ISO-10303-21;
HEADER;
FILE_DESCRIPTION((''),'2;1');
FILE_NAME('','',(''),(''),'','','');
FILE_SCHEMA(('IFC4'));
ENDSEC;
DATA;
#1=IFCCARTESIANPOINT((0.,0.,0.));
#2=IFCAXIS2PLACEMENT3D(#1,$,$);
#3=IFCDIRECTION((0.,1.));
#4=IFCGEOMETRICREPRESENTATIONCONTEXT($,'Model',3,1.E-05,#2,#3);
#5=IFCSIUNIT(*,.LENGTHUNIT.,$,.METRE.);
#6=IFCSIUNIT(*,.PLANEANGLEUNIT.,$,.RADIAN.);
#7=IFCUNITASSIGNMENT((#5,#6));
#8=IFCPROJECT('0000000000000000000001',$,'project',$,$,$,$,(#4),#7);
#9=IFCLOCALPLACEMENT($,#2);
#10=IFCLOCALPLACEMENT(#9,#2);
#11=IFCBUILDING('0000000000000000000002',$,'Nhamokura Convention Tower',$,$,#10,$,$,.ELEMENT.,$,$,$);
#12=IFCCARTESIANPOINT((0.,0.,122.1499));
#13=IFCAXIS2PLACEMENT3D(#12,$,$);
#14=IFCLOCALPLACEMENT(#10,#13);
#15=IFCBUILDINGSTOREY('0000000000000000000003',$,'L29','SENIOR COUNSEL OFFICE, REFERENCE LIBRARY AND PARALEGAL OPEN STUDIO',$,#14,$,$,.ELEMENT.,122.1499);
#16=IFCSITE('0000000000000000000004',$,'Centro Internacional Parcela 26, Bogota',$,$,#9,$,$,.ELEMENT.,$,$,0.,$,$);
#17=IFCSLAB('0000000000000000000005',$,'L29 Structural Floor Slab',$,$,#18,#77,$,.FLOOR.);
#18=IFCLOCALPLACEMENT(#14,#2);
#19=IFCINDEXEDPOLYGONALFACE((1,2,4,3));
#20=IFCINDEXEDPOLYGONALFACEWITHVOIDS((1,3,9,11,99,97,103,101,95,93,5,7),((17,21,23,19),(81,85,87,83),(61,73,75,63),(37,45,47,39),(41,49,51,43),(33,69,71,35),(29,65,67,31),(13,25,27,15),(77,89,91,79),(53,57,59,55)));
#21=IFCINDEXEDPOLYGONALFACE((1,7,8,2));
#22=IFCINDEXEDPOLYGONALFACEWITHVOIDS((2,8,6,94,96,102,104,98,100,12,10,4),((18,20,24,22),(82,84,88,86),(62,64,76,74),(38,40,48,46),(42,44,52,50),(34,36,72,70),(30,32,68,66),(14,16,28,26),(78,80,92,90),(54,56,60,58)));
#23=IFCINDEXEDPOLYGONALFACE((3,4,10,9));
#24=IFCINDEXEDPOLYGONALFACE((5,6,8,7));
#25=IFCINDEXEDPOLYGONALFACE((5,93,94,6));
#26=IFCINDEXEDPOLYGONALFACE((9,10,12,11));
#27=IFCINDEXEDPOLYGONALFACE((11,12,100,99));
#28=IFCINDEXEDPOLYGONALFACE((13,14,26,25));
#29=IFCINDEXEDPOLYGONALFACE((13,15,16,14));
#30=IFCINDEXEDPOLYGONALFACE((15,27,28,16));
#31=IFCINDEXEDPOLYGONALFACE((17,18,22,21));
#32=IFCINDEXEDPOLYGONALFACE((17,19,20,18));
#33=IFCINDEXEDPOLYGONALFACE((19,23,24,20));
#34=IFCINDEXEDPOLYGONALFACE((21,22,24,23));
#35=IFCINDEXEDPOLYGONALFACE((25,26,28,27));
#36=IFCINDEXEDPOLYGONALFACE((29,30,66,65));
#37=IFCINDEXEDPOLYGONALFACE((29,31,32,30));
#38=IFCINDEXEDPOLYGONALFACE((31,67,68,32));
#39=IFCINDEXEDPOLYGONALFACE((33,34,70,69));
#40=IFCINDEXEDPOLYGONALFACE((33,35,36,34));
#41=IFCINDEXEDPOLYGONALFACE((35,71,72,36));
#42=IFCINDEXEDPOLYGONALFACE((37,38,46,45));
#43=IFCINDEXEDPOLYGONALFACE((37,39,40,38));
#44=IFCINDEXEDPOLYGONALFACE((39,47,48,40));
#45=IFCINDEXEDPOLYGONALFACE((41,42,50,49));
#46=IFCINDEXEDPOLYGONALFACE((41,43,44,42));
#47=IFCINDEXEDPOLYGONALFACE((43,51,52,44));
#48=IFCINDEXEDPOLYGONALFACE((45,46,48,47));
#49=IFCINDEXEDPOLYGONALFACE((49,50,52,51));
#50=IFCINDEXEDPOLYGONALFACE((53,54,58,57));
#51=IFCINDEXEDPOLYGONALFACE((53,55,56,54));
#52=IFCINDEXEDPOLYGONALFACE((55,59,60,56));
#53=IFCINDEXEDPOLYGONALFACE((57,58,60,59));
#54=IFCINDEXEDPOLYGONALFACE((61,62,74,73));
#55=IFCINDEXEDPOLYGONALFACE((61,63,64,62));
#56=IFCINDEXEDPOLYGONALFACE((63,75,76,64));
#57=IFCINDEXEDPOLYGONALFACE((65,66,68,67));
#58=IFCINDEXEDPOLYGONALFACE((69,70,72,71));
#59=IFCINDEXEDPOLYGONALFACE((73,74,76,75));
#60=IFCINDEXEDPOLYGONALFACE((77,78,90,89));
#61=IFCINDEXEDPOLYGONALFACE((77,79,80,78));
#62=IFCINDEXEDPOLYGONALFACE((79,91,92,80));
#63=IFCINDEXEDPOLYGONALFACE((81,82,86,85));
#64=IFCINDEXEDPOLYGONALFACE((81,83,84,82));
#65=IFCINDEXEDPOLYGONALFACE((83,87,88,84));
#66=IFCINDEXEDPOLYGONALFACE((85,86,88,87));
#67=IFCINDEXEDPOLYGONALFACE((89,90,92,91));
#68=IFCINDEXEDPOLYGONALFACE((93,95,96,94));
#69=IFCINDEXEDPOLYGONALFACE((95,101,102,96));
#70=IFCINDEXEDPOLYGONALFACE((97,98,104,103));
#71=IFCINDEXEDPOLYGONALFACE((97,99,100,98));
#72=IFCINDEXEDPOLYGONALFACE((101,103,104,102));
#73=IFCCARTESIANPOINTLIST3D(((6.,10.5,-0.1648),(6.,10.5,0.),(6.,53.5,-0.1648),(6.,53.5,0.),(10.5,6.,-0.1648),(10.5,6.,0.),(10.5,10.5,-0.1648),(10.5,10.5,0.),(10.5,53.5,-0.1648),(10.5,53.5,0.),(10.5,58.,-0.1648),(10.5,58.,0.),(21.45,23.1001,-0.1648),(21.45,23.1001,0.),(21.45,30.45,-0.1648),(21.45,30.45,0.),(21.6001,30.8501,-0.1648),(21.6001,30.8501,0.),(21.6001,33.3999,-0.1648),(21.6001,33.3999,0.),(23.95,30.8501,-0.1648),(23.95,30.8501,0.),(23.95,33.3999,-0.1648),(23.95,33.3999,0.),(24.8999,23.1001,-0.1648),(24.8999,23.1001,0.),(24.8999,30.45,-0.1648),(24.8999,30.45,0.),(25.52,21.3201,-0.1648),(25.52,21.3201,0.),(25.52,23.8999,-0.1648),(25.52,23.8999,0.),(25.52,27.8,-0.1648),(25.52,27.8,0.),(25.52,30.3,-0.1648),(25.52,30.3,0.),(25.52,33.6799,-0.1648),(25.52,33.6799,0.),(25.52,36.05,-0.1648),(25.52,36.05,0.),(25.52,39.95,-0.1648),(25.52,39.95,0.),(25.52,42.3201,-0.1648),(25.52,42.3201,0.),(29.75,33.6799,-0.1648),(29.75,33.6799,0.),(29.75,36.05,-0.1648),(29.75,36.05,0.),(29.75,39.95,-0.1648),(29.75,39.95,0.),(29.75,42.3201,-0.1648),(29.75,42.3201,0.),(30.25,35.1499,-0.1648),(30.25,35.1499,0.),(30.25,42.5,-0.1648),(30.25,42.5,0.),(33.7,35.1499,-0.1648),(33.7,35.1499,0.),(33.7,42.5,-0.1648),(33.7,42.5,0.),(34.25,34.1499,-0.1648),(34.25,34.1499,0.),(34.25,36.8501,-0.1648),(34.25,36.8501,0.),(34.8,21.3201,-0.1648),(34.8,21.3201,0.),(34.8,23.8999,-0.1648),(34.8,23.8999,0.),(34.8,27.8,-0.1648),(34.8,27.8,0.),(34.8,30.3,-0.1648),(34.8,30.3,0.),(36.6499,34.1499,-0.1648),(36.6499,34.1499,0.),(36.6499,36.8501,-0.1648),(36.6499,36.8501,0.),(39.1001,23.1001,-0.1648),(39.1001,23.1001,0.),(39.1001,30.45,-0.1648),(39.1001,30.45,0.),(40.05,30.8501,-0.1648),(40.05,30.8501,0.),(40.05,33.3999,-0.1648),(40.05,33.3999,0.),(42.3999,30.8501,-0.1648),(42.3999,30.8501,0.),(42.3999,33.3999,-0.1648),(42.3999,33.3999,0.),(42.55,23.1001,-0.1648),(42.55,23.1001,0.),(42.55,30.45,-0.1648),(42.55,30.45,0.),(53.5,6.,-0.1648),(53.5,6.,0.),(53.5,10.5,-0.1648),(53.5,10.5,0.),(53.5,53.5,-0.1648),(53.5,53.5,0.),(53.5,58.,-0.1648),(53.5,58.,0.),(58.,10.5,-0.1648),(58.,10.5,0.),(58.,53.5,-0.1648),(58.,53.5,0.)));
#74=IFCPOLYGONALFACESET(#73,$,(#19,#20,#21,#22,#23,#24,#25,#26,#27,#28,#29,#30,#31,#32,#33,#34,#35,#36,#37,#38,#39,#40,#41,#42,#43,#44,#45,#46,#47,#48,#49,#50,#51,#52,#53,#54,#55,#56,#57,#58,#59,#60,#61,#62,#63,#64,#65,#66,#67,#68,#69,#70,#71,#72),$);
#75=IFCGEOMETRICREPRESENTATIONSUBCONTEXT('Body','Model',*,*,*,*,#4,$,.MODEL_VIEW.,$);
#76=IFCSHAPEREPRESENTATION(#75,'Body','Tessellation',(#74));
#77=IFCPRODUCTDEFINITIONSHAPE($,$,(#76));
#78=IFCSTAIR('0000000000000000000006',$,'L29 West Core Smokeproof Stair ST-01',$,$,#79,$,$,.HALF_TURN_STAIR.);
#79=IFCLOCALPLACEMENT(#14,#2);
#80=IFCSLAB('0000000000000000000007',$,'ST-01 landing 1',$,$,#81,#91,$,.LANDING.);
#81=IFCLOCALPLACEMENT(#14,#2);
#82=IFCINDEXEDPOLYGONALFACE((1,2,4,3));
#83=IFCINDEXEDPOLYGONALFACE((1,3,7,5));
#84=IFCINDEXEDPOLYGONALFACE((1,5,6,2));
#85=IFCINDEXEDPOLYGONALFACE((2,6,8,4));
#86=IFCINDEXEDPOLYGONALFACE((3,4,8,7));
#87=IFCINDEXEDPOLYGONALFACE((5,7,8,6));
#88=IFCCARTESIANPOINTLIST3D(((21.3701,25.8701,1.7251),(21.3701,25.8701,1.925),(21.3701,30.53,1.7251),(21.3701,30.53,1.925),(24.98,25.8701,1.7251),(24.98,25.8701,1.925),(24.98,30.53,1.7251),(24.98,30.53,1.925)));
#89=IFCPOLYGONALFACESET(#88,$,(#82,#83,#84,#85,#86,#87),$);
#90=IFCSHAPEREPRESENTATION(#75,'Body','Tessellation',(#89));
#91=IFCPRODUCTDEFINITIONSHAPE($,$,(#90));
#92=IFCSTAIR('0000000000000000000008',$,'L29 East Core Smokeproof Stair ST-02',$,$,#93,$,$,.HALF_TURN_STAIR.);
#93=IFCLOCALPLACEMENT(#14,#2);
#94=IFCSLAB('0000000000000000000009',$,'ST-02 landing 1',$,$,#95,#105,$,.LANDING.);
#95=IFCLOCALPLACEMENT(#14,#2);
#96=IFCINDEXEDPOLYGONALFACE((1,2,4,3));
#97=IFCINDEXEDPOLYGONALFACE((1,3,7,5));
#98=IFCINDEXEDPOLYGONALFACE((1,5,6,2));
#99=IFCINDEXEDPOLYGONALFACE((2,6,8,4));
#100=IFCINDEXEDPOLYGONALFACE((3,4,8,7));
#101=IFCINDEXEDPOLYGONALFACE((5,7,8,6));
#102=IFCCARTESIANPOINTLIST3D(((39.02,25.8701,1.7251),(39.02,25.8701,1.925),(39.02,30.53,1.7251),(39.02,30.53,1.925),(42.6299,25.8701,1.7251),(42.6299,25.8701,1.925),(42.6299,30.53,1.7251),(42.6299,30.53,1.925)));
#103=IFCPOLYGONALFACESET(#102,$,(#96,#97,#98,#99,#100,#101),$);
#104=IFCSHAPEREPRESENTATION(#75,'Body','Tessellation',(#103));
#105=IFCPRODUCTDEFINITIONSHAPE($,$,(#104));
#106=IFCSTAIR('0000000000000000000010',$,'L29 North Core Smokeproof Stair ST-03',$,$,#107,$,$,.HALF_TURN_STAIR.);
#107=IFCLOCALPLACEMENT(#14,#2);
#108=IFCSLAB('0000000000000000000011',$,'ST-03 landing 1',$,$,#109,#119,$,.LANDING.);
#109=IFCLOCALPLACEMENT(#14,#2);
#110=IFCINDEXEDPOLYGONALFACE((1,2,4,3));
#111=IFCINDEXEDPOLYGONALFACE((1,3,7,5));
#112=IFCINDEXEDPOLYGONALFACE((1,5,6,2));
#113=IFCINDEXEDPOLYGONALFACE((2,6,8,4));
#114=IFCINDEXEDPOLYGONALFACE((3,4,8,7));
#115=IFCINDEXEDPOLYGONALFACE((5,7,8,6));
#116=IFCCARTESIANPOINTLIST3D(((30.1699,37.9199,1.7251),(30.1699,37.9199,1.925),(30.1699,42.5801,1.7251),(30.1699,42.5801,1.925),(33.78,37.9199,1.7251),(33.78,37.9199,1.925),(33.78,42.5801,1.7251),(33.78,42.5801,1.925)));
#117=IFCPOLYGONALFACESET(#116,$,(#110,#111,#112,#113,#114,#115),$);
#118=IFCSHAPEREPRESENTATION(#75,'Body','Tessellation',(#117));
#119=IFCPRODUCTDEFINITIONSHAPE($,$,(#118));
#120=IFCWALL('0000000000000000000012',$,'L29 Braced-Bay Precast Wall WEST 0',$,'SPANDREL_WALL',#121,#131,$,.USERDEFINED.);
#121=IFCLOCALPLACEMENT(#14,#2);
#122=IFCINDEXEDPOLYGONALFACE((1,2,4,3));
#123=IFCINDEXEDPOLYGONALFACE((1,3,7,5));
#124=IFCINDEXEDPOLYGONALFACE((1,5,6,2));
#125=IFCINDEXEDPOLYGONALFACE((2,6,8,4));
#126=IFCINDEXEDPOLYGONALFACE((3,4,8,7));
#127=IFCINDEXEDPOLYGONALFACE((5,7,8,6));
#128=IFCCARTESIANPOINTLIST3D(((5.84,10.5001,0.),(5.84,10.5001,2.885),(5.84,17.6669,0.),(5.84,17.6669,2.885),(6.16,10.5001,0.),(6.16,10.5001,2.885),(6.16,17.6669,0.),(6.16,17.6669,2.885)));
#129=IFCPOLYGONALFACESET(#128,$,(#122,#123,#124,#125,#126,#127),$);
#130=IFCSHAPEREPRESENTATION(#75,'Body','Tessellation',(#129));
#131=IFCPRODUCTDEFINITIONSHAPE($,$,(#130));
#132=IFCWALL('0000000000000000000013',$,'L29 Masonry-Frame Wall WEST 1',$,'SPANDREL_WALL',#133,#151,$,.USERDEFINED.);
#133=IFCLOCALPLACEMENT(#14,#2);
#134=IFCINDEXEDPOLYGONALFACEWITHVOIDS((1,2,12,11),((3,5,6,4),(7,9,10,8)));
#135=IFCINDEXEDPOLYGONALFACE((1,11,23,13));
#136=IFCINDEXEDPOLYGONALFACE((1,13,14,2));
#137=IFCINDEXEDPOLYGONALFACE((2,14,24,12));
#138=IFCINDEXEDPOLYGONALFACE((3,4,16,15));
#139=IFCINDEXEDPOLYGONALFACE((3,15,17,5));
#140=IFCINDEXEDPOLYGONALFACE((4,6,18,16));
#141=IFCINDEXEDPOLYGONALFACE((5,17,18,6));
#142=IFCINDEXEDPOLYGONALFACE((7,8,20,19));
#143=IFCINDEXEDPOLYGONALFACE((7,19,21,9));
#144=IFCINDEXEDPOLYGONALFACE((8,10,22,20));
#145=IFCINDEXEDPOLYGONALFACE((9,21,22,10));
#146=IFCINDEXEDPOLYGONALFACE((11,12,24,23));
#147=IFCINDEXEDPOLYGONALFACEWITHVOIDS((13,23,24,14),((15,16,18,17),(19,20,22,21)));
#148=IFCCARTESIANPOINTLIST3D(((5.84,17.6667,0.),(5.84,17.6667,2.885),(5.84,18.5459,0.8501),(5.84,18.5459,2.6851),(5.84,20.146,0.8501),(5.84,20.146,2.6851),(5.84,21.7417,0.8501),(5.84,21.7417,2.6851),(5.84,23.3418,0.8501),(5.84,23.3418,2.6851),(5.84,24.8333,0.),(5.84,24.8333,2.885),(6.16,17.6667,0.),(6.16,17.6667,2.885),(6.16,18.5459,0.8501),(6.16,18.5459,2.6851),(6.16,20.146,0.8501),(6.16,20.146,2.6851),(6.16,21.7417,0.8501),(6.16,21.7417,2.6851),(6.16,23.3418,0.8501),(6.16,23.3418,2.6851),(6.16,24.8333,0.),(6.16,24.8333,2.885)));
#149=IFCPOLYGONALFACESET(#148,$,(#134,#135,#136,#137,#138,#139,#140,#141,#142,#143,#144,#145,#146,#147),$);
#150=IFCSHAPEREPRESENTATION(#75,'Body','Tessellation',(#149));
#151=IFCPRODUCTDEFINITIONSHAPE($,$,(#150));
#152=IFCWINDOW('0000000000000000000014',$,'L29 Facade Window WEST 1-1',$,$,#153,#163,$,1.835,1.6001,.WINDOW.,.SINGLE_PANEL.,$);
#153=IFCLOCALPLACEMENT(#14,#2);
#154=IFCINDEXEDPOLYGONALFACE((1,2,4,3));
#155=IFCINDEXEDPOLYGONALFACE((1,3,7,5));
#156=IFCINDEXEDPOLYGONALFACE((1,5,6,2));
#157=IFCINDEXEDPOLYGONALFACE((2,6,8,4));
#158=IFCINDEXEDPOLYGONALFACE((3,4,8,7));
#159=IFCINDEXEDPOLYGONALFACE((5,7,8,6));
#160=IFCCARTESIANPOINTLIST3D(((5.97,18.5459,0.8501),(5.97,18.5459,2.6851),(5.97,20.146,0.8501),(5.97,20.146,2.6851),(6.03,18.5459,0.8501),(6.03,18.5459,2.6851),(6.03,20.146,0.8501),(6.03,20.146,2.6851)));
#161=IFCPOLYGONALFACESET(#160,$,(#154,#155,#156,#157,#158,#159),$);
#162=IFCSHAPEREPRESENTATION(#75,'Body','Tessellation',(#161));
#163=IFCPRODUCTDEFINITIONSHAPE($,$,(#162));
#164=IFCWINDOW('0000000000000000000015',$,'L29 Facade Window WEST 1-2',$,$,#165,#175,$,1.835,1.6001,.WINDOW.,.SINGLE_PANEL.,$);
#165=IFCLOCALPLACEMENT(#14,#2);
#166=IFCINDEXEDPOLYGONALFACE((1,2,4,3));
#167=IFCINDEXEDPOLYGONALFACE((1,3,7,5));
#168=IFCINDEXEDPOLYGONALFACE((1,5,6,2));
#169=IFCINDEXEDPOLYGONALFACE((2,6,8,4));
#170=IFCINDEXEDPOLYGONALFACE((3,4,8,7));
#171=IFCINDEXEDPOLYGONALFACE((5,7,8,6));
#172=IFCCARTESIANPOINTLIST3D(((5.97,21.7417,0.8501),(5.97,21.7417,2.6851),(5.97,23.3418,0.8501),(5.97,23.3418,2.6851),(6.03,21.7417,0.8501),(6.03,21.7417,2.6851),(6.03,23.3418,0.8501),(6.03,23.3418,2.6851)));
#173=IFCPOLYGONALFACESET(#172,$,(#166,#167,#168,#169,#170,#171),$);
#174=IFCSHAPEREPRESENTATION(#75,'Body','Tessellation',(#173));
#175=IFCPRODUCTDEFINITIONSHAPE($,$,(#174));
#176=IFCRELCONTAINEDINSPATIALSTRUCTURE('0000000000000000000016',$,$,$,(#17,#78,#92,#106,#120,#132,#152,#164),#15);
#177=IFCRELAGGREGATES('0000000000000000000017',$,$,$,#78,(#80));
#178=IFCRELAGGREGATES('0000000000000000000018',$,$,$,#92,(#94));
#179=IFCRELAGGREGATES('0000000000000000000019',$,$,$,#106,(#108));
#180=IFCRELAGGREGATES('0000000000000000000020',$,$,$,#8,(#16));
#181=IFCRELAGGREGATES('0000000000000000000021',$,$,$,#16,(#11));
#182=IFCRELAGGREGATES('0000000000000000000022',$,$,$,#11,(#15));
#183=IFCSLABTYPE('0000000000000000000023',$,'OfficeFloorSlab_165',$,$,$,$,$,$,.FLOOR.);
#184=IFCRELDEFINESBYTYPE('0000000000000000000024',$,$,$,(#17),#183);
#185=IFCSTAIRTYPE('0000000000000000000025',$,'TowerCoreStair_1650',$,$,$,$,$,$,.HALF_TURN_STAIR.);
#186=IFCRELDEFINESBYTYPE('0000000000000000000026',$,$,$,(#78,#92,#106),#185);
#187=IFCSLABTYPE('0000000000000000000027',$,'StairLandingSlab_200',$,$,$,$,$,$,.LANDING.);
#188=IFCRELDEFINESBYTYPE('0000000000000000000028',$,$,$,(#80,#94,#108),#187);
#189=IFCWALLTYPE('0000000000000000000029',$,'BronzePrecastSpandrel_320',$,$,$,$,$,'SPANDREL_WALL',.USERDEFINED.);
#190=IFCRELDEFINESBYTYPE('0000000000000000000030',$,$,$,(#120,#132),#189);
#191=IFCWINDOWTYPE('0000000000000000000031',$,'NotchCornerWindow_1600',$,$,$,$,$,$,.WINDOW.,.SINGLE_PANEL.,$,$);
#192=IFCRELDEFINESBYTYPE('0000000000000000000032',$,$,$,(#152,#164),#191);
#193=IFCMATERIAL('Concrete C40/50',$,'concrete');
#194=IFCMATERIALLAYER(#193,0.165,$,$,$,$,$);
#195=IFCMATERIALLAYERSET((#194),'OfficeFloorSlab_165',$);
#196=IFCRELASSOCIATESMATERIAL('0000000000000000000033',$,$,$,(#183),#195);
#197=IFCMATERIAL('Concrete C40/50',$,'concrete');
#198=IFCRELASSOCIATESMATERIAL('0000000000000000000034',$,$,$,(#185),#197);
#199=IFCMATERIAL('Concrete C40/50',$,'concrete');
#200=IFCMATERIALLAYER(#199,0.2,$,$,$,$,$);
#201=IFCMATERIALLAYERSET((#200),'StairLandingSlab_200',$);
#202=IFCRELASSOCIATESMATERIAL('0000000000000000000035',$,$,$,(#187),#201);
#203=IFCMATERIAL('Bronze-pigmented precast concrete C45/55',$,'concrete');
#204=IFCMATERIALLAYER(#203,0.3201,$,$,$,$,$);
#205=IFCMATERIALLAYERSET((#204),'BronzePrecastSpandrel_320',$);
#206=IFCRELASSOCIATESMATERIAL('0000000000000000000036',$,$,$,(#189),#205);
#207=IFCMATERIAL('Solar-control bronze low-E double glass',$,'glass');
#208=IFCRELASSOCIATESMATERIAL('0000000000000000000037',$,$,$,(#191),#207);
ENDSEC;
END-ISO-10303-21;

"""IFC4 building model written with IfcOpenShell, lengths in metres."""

from ifc_helpers import new_model, si_unit, direction, frame, frame_2d, origin, place, context, subcontext, project, spatial, polyline, rectangle, outline, extrude, material, layer, layer_set, type_object, element, fill, aggregate, save


model = new_model("IFC4")

# Units and contexts
model_context = context("Model", 3, precision=1e-05, world=origin(), true_north=direction((0.0, 1.0)))
body_context = subcontext(model_context, "Body", "Model", "MODEL_VIEW")
ifc_project = project(units=[si_unit("LENGTHUNIT", "METRE"), si_unit("PLANEANGLEUNIT", "RADIAN")], contexts=[model_context])

# Site, building, storey
site_placement = place(None, origin())
site = spatial("IfcSite", under=ifc_project, at=site_placement, Name="Centro Internacional Parcela 26, Bogota", CompositionType="ELEMENT", RefElevation=0.0)
building_placement = place(site_placement, origin())
building = spatial("IfcBuilding", under=site, at=building_placement, Name="Nhamokura Convention Tower", CompositionType="ELEMENT")
storey_placement = place(building_placement, frame((0.0, 0.0, 122.1499)))
storey = spatial("IfcBuildingStorey", under=building, at=storey_placement, Name="L29", Description="SENIOR COUNSEL OFFICE, REFERENCE LIBRARY AND PARALEGAL OPEN STUDIO", CompositionType="ELEMENT", Elevation=122.1499)

# Slab
ifc_material_1 = material(Name="Concrete C40/50", Category="concrete")
ifc_layer_1 = layer(ifc_material_1, 0.165)
ifc_layer_set_1 = layer_set([ifc_layer_1], Name="OfficeFloorSlab_165")
slab_type_1 = type_object("IfcSlabType", Name="OfficeFloorSlab_165", PredefinedType="FLOOR", material=ifc_layer_set_1)
slab_1_placement = place(storey_placement, frame((0.0, 0.0, -0.1648)))
element("IfcSlab", 1, at=slab_1_placement, inside=storey, type_object=slab_type_1, Name="L29 Structural Floor Slab", PredefinedType="FLOOR", context=body_context, shape_type="SweptSolid", body=[
    extrude(outline(polyline([(10.5, 6.0), (53.5, 6.0), (53.5, 10.5), (58.0, 10.5), (58.0, 53.5), (53.5, 53.5), (53.5, 58.0), (10.5, 58.0), (10.5, 53.5), (6.0, 53.5), (6.0, 10.5), (10.5, 10.5), (10.5, 6.0)]), holes=[polyline([(24.8999, 23.1001), (24.8999, 30.45), (21.45, 30.45), (21.45, 23.1001), (24.8999, 23.1001)]), polyline([(42.55, 23.1001), (42.55, 30.45), (39.1001, 30.45), (39.1001, 23.1001), (42.55, 23.1001)]), polyline([(33.7, 35.1499), (33.7, 42.5), (30.25, 42.5), (30.25, 35.1499), (33.7, 35.1499)]), polyline([(21.6001, 30.8501), (23.95, 30.8501), (23.95, 33.3999), (21.6001, 33.3999), (21.6001, 30.8501)]), polyline([(40.05, 30.8501), (42.3999, 30.8501), (42.3999, 33.3999), (40.05, 33.3999), (40.05, 30.8501)]), polyline([(34.25, 34.1499), (36.6499, 34.1499), (36.6499, 36.8501), (34.25, 36.8501), (34.25, 34.1499)]), polyline([(25.52, 21.3201), (34.8, 21.3201), (34.8, 23.8999), (25.52, 23.8999), (25.52, 21.3201)]), polyline([(25.52, 27.8), (34.8, 27.8), (34.8, 30.3), (25.52, 30.3), (25.52, 27.8)]), polyline([(25.52, 33.6799), (29.75, 33.6799), (29.75, 36.05), (25.52, 36.05), (25.52, 33.6799)]), polyline([(25.52, 39.95), (29.75, 39.95), (29.75, 42.3201), (25.52, 42.3201), (25.52, 39.95)])]), origin(), (0.0, 0.0, 1.0), 0.1648),
])

# Stairs, slabs
ifc_material_2 = material(Name="Concrete C40/50", Category="concrete")
stair_type = type_object("IfcStairType", Name="TowerCoreStair_1650", PredefinedType="HALF_TURN_STAIR", material=ifc_material_2)
stair_1_placement = place(storey_placement, origin())
stair_1 = element("IfcStair", 2, at=stair_1_placement, inside=storey, type_object=stair_type, Name="L29 West Core Smokeproof Stair ST-01", PredefinedType="HALF_TURN_STAIR")
ifc_material_3 = material(Name="Concrete C40/50", Category="concrete")
ifc_layer_2 = layer(ifc_material_3, 0.2)
ifc_layer_set_2 = layer_set([ifc_layer_2], Name="StairLandingSlab_200")
slab_type_2 = type_object("IfcSlabType", Name="StairLandingSlab_200", PredefinedType="LANDING", material=ifc_layer_set_2)
slab_2_placement = place(storey_placement, frame((0.0, 0.0, 1.7251)))
slab_2 = element("IfcSlab", 3, at=slab_2_placement, type_object=slab_type_2, Name="ST-01 landing 1", PredefinedType="LANDING", context=body_context, shape_type="SweptSolid", body=[
    extrude(outline(polyline([(24.98, 25.8701), (24.98, 30.53), (21.3701, 30.53), (21.3701, 25.8701), (24.98, 25.8701)])), origin(), (0.0, 0.0, 1.0), 0.2),
])
aggregate(stair_1, [slab_2])
stair_2_placement = place(storey_placement, origin())
stair_2 = element("IfcStair", 4, at=stair_2_placement, inside=storey, type_object=stair_type, Name="L29 East Core Smokeproof Stair ST-02", PredefinedType="HALF_TURN_STAIR")
slab_3_placement = place(storey_placement, frame((0.0, 0.0, 1.7251)))
slab_3 = element("IfcSlab", 5, at=slab_3_placement, type_object=slab_type_2, Name="ST-02 landing 1", PredefinedType="LANDING", context=body_context, shape_type="SweptSolid", body=[
    extrude(outline(polyline([(42.6299, 25.8701), (42.6299, 30.53), (39.02, 30.53), (39.02, 25.8701), (42.6299, 25.8701)])), origin(), (0.0, 0.0, 1.0), 0.2),
])
aggregate(stair_2, [slab_3])
stair_3_placement = place(storey_placement, origin())
stair_3 = element("IfcStair", 6, at=stair_3_placement, inside=storey, type_object=stair_type, Name="L29 North Core Smokeproof Stair ST-03", PredefinedType="HALF_TURN_STAIR")
slab_4_placement = place(storey_placement, frame((0.0, 0.0, 1.7251)))
slab_4 = element("IfcSlab", 7, at=slab_4_placement, type_object=slab_type_2, Name="ST-03 landing 1", PredefinedType="LANDING", context=body_context, shape_type="SweptSolid", body=[
    extrude(outline(polyline([(33.78, 37.9199), (33.78, 42.5801), (30.1699, 42.5801), (30.1699, 37.9199), (33.78, 37.9199)])), origin(), (0.0, 0.0, 1.0), 0.2),
])
aggregate(stair_3, [slab_4])

# Wall
ifc_material_4 = material(Name="Bronze-pigmented precast concrete C45/55", Category="concrete")
ifc_layer_3 = layer(ifc_material_4, 0.3201)
ifc_layer_set_3 = layer_set([ifc_layer_3], Name="BronzePrecastSpandrel_320")
wall_type_1 = type_object("IfcWallType", Name="BronzePrecastSpandrel_320", ElementType="SPANDREL_WALL", PredefinedType="USERDEFINED", material=ifc_layer_set_3)
wall_1_placement = place(storey_placement, frame((6.0, 10.5, 0.0), z_axis=(0.0, 0.0, 1.0), x_axis=(0.0, 1.0, 0.0)))
element("IfcWall", 8, at=wall_1_placement, inside=storey, type_object=wall_type_1, Name="L29 Braced-Bay Precast Wall WEST 0", ObjectType="SPANDREL_WALL", PredefinedType="USERDEFINED", context=body_context, shape_type="SweptSolid", body=[
    extrude(rectangle(XDim=7.1667, YDim=0.3201, at=frame_2d((3.5835, 0.0))), origin(), (0.0, 0.0, 1.0), 2.885),
])

# Wall, openings, windows
wall_2_placement = place(storey_placement, frame((6.0, 17.6667, 0.0), z_axis=(0.0, 0.0, 1.0), x_axis=(0.0, 1.0, 0.0)))
wall_2 = element("IfcWall", 9, at=wall_2_placement, inside=storey, type_object=wall_type_1, Name="L29 Masonry-Frame Wall WEST 1", ObjectType="SPANDREL_WALL", PredefinedType="USERDEFINED", context=body_context, shape_type="SweptSolid", body=[
    extrude(rectangle(XDim=7.1665, YDim=0.3201, at=frame_2d((3.5833, 0.0))), origin(), (0.0, 0.0, 1.0), 2.885),
])
opening_1_placement = place(wall_2_placement, frame((0.8792, 0.0, 0.8501)))
opening_1 = element("IfcOpeningElement", 10, at=opening_1_placement, cuts=wall_2, PredefinedType="OPENING", context=body_context, shape_type="SweptSolid", body=[
    extrude(rectangle(XDim=1.6001, YDim=1.835, at=frame_2d((0.8, 0.9175))), frame((0.0, 0.1699, 0.0), z_axis=(0.0, -1.0, 0.0), x_axis=(1.0, 0.0, 0.0)), (0.0, 0.0, 1.0), 0.3401),
])
opening_2_placement = place(wall_2_placement, frame((4.075, 0.0, 0.8501)))
opening_2 = element("IfcOpeningElement", 11, at=opening_2_placement, cuts=wall_2, PredefinedType="OPENING", context=body_context, shape_type="SweptSolid", body=[
    extrude(rectangle(XDim=1.6001, YDim=1.835, at=frame_2d((0.8, 0.9175))), frame((0.0, 0.1699, 0.0), z_axis=(0.0, -1.0, 0.0), x_axis=(1.0, 0.0, 0.0)), (0.0, 0.0, 1.0), 0.3401),
])
ifc_material_5 = material(Name="Solar-control bronze low-E double glass", Category="glass")
window_type_1 = type_object("IfcWindowType", Name="NotchCornerWindow_1600", PartitioningType="SINGLE_PANEL", PredefinedType="WINDOW", material=ifc_material_5)
window_1_placement = place(opening_1_placement, origin())
window_1 = element("IfcWindow", 12, at=window_1_placement, inside=storey, type_object=window_type_1, Name="L29 Facade Window WEST 1-1", OverallHeight=1.835, OverallWidth=1.6001, PartitioningType="SINGLE_PANEL", PredefinedType="WINDOW", context=body_context, shape_type="SweptSolid", body=[
    extrude(rectangle(XDim=1.6001, YDim=1.835, at=frame_2d((0.8, 0.9175))), frame((0.0, 0.03, 0.0), z_axis=(0.0, -1.0, 0.0), x_axis=(1.0, 0.0, 0.0)), (0.0, 0.0, 1.0), 0.0601),
])
fill(opening_1, window_1)
window_2_placement = place(opening_2_placement, origin())
window_2 = element("IfcWindow", 13, at=window_2_placement, inside=storey, type_object=window_type_1, Name="L29 Facade Window WEST 1-2", OverallHeight=1.835, OverallWidth=1.6001, PartitioningType="SINGLE_PANEL", PredefinedType="WINDOW", context=body_context, shape_type="SweptSolid", body=[
    extrude(rectangle(XDim=1.6001, YDim=1.835, at=frame_2d((0.8, 0.9175))), frame((0.0, 0.03, 0.0), z_axis=(0.0, -1.0, 0.0), x_axis=(1.0, 0.0, 0.0)), (0.0, 0.0, 1.0), 0.0601),
])
fill(opening_2, window_2)

save(model, "model.ifc")
